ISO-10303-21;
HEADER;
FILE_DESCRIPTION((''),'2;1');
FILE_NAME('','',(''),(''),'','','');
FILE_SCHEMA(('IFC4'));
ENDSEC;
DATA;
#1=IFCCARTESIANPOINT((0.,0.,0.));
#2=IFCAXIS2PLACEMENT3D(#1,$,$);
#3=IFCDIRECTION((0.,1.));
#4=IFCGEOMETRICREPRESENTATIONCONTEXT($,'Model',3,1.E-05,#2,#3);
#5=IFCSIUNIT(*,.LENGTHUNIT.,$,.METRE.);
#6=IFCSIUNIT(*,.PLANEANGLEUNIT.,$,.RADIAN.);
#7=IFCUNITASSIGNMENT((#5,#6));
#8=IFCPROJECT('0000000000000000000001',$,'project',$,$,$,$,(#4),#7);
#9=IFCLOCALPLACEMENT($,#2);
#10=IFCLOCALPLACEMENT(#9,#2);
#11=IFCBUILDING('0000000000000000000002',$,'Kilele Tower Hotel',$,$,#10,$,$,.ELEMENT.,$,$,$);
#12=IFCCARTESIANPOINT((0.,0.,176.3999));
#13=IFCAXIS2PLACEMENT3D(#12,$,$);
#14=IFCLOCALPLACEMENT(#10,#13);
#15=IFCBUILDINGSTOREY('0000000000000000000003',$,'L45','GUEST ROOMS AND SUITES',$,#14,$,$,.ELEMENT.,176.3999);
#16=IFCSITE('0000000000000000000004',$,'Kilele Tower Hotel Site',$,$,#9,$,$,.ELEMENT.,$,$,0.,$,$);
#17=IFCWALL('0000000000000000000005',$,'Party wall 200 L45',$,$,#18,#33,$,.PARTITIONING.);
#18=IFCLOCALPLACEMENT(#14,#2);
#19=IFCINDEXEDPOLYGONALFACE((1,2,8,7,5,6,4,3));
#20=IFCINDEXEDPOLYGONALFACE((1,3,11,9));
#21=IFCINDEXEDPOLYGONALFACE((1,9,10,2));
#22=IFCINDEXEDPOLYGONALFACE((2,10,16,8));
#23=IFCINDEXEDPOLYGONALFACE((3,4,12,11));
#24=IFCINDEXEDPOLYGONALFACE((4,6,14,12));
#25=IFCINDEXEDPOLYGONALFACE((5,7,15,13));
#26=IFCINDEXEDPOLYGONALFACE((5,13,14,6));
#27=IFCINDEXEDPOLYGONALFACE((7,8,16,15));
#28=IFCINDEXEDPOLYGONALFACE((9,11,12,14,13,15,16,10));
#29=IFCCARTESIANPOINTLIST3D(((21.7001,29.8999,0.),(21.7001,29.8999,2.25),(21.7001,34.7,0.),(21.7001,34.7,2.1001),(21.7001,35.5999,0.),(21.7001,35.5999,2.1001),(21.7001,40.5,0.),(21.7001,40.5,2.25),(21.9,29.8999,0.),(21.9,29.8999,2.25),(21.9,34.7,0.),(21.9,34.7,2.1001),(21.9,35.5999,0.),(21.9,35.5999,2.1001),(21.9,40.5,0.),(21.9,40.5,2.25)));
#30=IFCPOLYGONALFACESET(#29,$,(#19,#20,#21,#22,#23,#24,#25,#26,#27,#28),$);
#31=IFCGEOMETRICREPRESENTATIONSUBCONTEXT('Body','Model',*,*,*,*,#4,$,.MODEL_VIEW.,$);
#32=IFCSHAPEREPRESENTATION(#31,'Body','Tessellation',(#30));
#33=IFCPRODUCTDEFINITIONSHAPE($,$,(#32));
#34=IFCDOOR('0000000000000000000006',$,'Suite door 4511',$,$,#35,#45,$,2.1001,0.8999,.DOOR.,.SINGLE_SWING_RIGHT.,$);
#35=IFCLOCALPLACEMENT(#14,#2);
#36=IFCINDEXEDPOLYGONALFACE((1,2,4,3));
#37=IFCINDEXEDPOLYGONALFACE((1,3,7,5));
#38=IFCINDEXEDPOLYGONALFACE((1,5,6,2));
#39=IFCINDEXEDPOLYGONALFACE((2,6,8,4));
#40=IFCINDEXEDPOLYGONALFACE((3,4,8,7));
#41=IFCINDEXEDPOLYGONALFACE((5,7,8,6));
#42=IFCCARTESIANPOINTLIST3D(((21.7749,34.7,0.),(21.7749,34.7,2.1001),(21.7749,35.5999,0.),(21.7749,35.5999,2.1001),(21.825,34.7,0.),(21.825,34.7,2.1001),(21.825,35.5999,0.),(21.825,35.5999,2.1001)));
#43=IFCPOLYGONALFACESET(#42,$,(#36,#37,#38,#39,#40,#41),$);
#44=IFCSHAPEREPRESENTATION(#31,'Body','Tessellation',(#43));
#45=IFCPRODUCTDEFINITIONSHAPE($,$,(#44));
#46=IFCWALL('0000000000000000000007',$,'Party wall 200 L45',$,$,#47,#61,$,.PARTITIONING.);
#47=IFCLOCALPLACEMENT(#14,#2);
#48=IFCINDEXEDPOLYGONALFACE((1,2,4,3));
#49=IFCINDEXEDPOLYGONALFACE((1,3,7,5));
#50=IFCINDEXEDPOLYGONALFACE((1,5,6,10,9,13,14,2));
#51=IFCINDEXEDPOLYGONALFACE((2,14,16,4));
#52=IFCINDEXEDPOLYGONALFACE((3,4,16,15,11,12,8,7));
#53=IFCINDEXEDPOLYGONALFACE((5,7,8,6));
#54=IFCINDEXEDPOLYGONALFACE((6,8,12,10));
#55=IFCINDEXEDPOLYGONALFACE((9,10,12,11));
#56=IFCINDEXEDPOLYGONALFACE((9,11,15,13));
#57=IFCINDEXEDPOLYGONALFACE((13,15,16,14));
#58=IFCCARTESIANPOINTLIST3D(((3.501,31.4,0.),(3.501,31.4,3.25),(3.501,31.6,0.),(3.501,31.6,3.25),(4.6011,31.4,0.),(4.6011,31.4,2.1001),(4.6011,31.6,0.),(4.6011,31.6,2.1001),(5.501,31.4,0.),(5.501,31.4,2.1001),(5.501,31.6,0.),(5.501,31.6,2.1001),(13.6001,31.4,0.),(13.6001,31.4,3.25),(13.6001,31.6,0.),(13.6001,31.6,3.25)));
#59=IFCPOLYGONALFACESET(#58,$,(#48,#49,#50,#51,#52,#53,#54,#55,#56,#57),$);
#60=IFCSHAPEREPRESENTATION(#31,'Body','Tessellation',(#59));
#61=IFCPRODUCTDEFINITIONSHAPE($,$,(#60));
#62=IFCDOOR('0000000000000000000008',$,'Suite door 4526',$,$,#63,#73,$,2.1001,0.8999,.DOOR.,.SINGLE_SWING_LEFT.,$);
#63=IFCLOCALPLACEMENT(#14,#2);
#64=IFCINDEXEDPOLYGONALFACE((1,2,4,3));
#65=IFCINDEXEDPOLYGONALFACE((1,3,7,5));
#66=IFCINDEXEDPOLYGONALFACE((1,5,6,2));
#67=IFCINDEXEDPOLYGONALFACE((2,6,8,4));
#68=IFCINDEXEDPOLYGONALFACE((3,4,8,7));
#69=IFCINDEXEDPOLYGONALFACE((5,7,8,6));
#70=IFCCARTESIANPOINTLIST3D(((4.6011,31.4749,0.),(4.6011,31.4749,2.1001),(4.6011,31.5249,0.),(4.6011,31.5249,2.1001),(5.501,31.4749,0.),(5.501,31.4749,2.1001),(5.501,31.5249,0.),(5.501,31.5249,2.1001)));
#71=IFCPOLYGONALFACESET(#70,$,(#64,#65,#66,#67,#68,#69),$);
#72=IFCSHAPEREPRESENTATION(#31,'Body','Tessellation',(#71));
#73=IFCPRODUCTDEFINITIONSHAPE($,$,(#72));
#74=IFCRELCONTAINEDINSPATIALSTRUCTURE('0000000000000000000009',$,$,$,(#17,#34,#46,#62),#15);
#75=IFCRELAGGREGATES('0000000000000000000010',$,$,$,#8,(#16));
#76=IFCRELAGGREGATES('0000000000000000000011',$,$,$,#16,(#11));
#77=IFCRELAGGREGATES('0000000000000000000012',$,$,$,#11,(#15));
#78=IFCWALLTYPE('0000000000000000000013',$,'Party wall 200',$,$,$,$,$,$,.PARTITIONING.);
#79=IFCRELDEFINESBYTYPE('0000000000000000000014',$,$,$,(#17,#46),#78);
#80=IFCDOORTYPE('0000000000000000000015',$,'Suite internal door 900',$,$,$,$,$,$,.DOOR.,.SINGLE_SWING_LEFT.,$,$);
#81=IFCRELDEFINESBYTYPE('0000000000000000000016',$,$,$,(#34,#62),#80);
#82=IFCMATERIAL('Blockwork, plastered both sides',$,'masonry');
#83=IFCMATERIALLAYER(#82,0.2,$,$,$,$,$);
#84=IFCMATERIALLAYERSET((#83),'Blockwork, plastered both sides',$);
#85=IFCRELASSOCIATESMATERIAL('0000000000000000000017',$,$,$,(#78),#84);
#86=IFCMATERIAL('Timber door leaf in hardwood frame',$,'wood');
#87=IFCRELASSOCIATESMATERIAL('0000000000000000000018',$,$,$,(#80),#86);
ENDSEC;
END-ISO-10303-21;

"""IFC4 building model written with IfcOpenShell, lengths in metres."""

from ifc_helpers import new_model, si_unit, direction, frame, frame_2d, origin, place, context, subcontext, project, spatial, rectangle, extrude, material, layer, layer_set, type_object, element, fill, save


model = new_model("IFC4")

# Units and contexts
model_context = context("Model", 3, precision=1e-05, world=origin(), true_north=direction((0.0, 1.0)))
body_context = subcontext(model_context, "Body", "Model", "MODEL_VIEW")
ifc_project = project(units=[si_unit("LENGTHUNIT", "METRE"), si_unit("PLANEANGLEUNIT", "RADIAN")], contexts=[model_context])

# Site, building, storey
site_placement = place(None, origin())
site = spatial("IfcSite", under=ifc_project, at=site_placement, Name="Kilele Tower Hotel Site", CompositionType="ELEMENT", RefElevation=0.0)
building_placement = place(site_placement, origin())
building = spatial("IfcBuilding", under=site, at=building_placement, Name="Kilele Tower Hotel", CompositionType="ELEMENT")
storey_placement = place(building_placement, frame((0.0, 0.0, 176.3999)))
storey = spatial("IfcBuildingStorey", under=building, at=storey_placement, Name="L45", Description="GUEST ROOMS AND SUITES", CompositionType="ELEMENT", Elevation=176.3999)

# Walls, openings, doors
ifc_material_1 = material(Name="Blockwork, plastered both sides", Category="masonry")
ifc_layer_1 = layer(ifc_material_1, 0.2)
ifc_layer_set_1 = layer_set([ifc_layer_1], Name="Blockwork, plastered both sides")
wall_type_1 = type_object("IfcWallType", Name="Party wall 200", PredefinedType="PARTITIONING", material=ifc_layer_set_1)
wall_1_placement = place(storey_placement, frame((21.8, 29.8999, 0.0), z_axis=(0.0, 0.0, 1.0), x_axis=(0.0, 1.0, 0.0)))
wall_1 = element("IfcWall", 1, at=wall_1_placement, inside=storey, type_object=wall_type_1, Name="Party wall 200 L45", PredefinedType="PARTITIONING", context=body_context, shape_type="SweptSolid", body=[
    extrude(rectangle(XDim=10.6001, YDim=0.2, at=frame_2d((5.3, 0.0))), origin(), (0.0, 0.0, 1.0), 2.25),
])
opening_1_placement = place(wall_1_placement, frame((5.7, 0.0, 0.0), z_axis=(0.0, 0.0, 1.0), x_axis=(-1.0, 0.0, 0.0)))
opening_1 = element("IfcOpeningElement", 2, at=opening_1_placement, cuts=wall_1, PredefinedType="OPENING", context=body_context, shape_type="SweptSolid", body=[
    extrude(rectangle(XDim=0.8999, YDim=2.1001, at=frame_2d((0.45, 1.05))), frame((0.0, 0.1099, 0.0), z_axis=(0.0, -1.0, 0.0), x_axis=(1.0, 0.0, 0.0)), (0.0, 0.0, 1.0), 0.22),
])
ifc_material_2 = material(Name="Timber door leaf in hardwood frame", Category="wood")
door_type_1 = type_object("IfcDoorType", Name="Suite internal door 900", OperationType="SINGLE_SWING_LEFT", PredefinedType="DOOR", material=ifc_material_2)
door_1_placement = place(opening_1_placement, origin())
door_1 = element("IfcDoor", 3, at=door_1_placement, inside=storey, type_object=door_type_1, Name="Suite door 4511", OperationType="SINGLE_SWING_RIGHT", OverallHeight=2.1001, OverallWidth=0.8999, PredefinedType="DOOR", context=body_context, shape_type="SweptSolid", body=[
    extrude(rectangle(XDim=0.8999, YDim=2.1001, at=frame_2d((0.45, 1.05))), frame((0.0, 0.0249, 0.0), z_axis=(0.0, -1.0, 0.0), x_axis=(1.0, 0.0, 0.0)), (0.0, 0.0, 1.0), 0.05),
])
fill(opening_1, door_1)
wall_2_placement = place(storey_placement, frame((13.6001, 31.5, 0.0), z_axis=(0.0, 0.0, 1.0), x_axis=(-1.0, 0.0, 0.0)))
wall_2 = element("IfcWall", 4, at=wall_2_placement, inside=storey, type_object=wall_type_1, Name="Party wall 200 L45", PredefinedType="PARTITIONING", context=body_context, shape_type="SweptSolid", body=[
    extrude(rectangle(XDim=10.0991, YDim=0.2, at=frame_2d((5.0496, 0.0))), origin(), (0.0, 0.0, 1.0), 3.25),
])
opening_2_placement = place(wall_2_placement, frame((8.999, 0.0, 0.0), z_axis=(0.0, 0.0, 1.0), x_axis=(-1.0, 0.0, 0.0)))
opening_2 = element("IfcOpeningElement", 5, at=opening_2_placement, cuts=wall_2, PredefinedType="OPENING", context=body_context, shape_type="SweptSolid", body=[
    extrude(rectangle(XDim=0.8999, YDim=2.1001, at=frame_2d((0.45, 1.05))), frame((0.0, 0.1099, 0.0), z_axis=(0.0, -1.0, 0.0), x_axis=(1.0, 0.0, 0.0)), (0.0, 0.0, 1.0), 0.22),
])
door_2_placement = place(opening_2_placement, origin())
door_2 = element("IfcDoor", 6, at=door_2_placement, inside=storey, type_object=door_type_1, Name="Suite door 4526", OperationType="SINGLE_SWING_LEFT", OverallHeight=2.1001, OverallWidth=0.8999, PredefinedType="DOOR", context=body_context, shape_type="SweptSolid", body=[
    extrude(rectangle(XDim=0.8999, YDim=2.1001, at=frame_2d((0.45, 1.05))), frame((0.0, 0.0249, 0.0), z_axis=(0.0, -1.0, 0.0), x_axis=(1.0, 0.0, 0.0)), (0.0, 0.0, 1.0), 0.05),
])
fill(opening_2, door_2)

save(model, "model.ifc")
